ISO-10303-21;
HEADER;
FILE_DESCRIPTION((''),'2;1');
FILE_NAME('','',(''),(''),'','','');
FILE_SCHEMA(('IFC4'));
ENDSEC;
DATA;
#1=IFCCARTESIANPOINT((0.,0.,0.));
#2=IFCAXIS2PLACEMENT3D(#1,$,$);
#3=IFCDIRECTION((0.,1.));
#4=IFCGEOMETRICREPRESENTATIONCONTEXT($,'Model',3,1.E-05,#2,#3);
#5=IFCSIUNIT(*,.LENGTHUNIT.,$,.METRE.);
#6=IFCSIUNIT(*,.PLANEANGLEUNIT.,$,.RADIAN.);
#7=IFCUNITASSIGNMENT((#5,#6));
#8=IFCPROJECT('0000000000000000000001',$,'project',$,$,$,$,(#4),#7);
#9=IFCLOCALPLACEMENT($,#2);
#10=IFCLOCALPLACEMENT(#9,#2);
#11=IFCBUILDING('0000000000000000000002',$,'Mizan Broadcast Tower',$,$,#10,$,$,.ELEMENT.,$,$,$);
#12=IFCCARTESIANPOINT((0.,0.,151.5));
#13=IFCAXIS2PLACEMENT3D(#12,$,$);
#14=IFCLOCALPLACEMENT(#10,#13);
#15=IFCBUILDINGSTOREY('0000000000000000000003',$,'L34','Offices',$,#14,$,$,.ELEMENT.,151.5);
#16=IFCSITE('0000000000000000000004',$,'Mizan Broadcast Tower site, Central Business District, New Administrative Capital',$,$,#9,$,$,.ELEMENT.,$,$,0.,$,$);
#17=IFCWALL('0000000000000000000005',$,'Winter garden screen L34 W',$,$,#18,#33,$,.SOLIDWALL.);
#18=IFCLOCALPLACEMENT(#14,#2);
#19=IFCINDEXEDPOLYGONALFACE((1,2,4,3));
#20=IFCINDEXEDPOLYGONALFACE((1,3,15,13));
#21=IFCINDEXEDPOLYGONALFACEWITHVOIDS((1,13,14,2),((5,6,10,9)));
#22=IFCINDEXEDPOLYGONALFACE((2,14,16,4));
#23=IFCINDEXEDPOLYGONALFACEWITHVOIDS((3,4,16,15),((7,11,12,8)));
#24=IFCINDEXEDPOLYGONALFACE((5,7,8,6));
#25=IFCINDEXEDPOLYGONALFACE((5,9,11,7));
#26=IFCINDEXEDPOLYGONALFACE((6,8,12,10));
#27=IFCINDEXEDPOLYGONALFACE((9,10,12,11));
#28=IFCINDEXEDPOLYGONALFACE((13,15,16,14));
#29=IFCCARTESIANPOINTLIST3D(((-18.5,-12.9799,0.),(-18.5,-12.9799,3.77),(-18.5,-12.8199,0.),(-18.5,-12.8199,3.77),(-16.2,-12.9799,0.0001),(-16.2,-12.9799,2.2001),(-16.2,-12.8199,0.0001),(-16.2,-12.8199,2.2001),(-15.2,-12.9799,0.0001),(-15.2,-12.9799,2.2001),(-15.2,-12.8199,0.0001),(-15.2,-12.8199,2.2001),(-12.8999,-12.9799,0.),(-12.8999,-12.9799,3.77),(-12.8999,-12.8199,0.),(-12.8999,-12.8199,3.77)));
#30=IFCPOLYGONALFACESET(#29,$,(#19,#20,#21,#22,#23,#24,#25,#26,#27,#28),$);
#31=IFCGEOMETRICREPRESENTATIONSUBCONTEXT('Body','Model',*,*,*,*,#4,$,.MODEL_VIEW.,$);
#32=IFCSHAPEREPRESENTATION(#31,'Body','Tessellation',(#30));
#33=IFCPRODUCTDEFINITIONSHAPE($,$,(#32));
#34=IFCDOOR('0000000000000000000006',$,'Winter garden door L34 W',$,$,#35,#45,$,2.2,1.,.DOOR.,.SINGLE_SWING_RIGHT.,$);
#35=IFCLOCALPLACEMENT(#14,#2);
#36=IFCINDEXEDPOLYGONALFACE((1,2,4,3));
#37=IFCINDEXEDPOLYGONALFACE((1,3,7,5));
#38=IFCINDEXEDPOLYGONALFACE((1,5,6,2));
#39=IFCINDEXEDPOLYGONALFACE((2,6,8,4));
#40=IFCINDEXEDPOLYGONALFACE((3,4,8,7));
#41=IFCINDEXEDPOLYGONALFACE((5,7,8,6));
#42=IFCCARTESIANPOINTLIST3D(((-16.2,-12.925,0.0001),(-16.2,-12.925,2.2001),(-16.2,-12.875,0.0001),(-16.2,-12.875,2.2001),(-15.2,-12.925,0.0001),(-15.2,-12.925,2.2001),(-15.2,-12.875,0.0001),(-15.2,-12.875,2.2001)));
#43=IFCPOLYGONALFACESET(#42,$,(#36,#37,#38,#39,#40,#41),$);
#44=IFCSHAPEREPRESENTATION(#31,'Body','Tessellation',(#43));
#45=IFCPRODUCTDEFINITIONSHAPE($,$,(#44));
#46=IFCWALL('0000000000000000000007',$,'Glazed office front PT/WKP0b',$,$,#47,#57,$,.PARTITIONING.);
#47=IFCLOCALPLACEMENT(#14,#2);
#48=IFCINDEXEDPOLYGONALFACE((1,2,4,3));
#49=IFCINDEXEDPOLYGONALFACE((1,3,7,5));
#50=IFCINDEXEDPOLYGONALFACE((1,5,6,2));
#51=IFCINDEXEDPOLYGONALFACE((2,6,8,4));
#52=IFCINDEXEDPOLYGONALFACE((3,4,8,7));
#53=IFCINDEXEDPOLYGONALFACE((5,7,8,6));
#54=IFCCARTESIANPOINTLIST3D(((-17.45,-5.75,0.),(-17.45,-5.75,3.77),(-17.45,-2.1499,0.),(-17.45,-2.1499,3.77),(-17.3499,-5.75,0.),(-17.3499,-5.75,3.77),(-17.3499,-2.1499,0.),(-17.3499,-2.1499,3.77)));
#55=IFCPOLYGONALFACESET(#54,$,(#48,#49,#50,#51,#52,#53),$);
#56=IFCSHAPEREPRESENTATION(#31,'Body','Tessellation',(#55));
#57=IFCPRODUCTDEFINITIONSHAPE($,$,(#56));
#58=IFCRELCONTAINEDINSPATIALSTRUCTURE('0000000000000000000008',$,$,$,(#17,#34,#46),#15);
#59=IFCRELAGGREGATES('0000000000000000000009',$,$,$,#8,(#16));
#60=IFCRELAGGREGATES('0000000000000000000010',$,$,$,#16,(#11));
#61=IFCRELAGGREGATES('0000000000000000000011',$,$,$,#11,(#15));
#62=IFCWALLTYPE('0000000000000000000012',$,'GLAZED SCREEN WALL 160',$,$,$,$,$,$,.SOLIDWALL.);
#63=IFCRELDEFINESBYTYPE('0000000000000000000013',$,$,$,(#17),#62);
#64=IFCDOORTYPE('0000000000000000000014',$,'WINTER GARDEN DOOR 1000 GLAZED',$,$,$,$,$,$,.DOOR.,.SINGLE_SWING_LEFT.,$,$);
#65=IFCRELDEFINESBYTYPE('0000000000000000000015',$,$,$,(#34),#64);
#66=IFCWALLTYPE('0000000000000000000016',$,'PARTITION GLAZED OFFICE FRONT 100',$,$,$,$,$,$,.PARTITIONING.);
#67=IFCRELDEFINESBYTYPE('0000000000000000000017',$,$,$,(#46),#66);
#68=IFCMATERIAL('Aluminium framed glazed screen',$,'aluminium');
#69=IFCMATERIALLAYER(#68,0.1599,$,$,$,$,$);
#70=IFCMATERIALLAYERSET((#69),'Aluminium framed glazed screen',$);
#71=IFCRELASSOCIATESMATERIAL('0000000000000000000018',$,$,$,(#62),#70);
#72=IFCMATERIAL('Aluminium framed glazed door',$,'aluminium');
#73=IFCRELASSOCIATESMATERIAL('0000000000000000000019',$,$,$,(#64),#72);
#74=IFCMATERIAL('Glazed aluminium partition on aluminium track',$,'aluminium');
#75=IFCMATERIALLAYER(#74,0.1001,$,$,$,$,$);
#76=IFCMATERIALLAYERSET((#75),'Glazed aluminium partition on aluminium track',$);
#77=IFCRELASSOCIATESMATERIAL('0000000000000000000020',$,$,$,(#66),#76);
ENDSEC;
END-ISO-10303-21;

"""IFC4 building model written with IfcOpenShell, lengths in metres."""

from ifc_helpers import new_model, si_unit, direction, frame, frame_2d, origin, place, context, subcontext, project, spatial, rectangle, extrude, material, layer, layer_set, type_object, element, fill, save


model = new_model("IFC4")

# Units and contexts
model_context = context("Model", 3, precision=1e-05, world=origin(), true_north=direction((0.0, 1.0)))
body_context = subcontext(model_context, "Body", "Model", "MODEL_VIEW")
ifc_project = project(units=[si_unit("LENGTHUNIT", "METRE"), si_unit("PLANEANGLEUNIT", "RADIAN")], contexts=[model_context])

# Site, building, storey
site_placement = place(None, origin())
site = spatial("IfcSite", under=ifc_project, at=site_placement, Name="Mizan Broadcast Tower site, Central Business District, New Administrative Capital", CompositionType="ELEMENT", RefElevation=0.0)
building_placement = place(site_placement, origin())
building = spatial("IfcBuilding", under=site, at=building_placement, Name="Mizan Broadcast Tower", CompositionType="ELEMENT")
storey_placement = place(building_placement, frame((0.0, 0.0, 151.5)))
storey = spatial("IfcBuildingStorey", under=building, at=storey_placement, Name="L34", Description="Offices", CompositionType="ELEMENT", Elevation=151.5)

# Wall, opening, door
ifc_material_1 = material(Name="Aluminium framed glazed screen", Category="aluminium")
ifc_layer_1 = layer(ifc_material_1, 0.1599)
ifc_layer_set_1 = layer_set([ifc_layer_1], Name="Aluminium framed glazed screen")
wall_type_1 = type_object("IfcWallType", Name="GLAZED SCREEN WALL 160", PredefinedType="SOLIDWALL", material=ifc_layer_set_1)
wall_1_placement = place(storey_placement, frame((-18.5, -12.8999, 0.0), z_axis=(0.0, 0.0, 1.0), x_axis=(1.0, 0.0, 0.0)))
wall_1 = element("IfcWall", 1, at=wall_1_placement, inside=storey, type_object=wall_type_1, Name="Winter garden screen L34 W", PredefinedType="SOLIDWALL", context=body_context, shape_type="SweptSolid", body=[
    extrude(rectangle(XDim=5.6001, YDim=0.1599, at=frame_2d((2.8, 0.0))), origin(), (0.0, 0.0, 1.0), 3.77),
])
opening_placement = place(wall_1_placement, frame((2.3, 0.0, 0.0)))
opening = element("IfcOpeningElement", 2, at=opening_placement, cuts=wall_1, PredefinedType="OPENING", context=body_context, shape_type="SweptSolid", body=[
    extrude(rectangle(XDim=1.0, YDim=2.2, at=frame_2d((0.5, 1.1001))), frame((0.0, 0.0898, 0.0), z_axis=(0.0, -1.0, 0.0), x_axis=(1.0, 0.0, 0.0)), (0.0, 0.0, 1.0), 0.1799),
])
ifc_material_2 = material(Name="Aluminium framed glazed door", Category="aluminium")
door_type = type_object("IfcDoorType", Name="WINTER GARDEN DOOR 1000 GLAZED", OperationType="SINGLE_SWING_LEFT", PredefinedType="DOOR", material=ifc_material_2)
door_placement = place(opening_placement, origin())
door = element("IfcDoor", 3, at=door_placement, inside=storey, type_object=door_type, Name="Winter garden door L34 W", OperationType="SINGLE_SWING_RIGHT", OverallHeight=2.2, OverallWidth=1.0, PredefinedType="DOOR", context=body_context, shape_type="SweptSolid", body=[
    extrude(rectangle(XDim=1.0, YDim=2.2, at=frame_2d((0.5, 1.1001))), frame((0.0, 0.0249, 0.0), z_axis=(0.0, -1.0, 0.0), x_axis=(1.0, 0.0, 0.0)), (0.0, 0.0, 1.0), 0.05),
])
fill(opening, door)

# Wall
ifc_material_3 = material(Name="Glazed aluminium partition on aluminium track", Category="aluminium")
ifc_layer_2 = layer(ifc_material_3, 0.1001)
ifc_layer_set_2 = layer_set([ifc_layer_2], Name="Glazed aluminium partition on aluminium track")
wall_type_2 = type_object("IfcWallType", Name="PARTITION GLAZED OFFICE FRONT 100", PredefinedType="PARTITIONING", material=ifc_layer_set_2)
wall_2_placement = place(storey_placement, frame((-17.3999, -2.1499, 0.0), z_axis=(0.0, 0.0, 1.0), x_axis=(0.0, -1.0, 0.0)))
element("IfcWall", 4, at=wall_2_placement, inside=storey, type_object=wall_type_2, Name="Glazed office front PT/WKP0b", PredefinedType="PARTITIONING", context=body_context, shape_type="SweptSolid", body=[
    extrude(rectangle(XDim=3.6001, YDim=0.1001, at=frame_2d((1.8, 0.0))), origin(), (0.0, 0.0, 1.0), 3.77),
])

save(model, "model.ifc")
